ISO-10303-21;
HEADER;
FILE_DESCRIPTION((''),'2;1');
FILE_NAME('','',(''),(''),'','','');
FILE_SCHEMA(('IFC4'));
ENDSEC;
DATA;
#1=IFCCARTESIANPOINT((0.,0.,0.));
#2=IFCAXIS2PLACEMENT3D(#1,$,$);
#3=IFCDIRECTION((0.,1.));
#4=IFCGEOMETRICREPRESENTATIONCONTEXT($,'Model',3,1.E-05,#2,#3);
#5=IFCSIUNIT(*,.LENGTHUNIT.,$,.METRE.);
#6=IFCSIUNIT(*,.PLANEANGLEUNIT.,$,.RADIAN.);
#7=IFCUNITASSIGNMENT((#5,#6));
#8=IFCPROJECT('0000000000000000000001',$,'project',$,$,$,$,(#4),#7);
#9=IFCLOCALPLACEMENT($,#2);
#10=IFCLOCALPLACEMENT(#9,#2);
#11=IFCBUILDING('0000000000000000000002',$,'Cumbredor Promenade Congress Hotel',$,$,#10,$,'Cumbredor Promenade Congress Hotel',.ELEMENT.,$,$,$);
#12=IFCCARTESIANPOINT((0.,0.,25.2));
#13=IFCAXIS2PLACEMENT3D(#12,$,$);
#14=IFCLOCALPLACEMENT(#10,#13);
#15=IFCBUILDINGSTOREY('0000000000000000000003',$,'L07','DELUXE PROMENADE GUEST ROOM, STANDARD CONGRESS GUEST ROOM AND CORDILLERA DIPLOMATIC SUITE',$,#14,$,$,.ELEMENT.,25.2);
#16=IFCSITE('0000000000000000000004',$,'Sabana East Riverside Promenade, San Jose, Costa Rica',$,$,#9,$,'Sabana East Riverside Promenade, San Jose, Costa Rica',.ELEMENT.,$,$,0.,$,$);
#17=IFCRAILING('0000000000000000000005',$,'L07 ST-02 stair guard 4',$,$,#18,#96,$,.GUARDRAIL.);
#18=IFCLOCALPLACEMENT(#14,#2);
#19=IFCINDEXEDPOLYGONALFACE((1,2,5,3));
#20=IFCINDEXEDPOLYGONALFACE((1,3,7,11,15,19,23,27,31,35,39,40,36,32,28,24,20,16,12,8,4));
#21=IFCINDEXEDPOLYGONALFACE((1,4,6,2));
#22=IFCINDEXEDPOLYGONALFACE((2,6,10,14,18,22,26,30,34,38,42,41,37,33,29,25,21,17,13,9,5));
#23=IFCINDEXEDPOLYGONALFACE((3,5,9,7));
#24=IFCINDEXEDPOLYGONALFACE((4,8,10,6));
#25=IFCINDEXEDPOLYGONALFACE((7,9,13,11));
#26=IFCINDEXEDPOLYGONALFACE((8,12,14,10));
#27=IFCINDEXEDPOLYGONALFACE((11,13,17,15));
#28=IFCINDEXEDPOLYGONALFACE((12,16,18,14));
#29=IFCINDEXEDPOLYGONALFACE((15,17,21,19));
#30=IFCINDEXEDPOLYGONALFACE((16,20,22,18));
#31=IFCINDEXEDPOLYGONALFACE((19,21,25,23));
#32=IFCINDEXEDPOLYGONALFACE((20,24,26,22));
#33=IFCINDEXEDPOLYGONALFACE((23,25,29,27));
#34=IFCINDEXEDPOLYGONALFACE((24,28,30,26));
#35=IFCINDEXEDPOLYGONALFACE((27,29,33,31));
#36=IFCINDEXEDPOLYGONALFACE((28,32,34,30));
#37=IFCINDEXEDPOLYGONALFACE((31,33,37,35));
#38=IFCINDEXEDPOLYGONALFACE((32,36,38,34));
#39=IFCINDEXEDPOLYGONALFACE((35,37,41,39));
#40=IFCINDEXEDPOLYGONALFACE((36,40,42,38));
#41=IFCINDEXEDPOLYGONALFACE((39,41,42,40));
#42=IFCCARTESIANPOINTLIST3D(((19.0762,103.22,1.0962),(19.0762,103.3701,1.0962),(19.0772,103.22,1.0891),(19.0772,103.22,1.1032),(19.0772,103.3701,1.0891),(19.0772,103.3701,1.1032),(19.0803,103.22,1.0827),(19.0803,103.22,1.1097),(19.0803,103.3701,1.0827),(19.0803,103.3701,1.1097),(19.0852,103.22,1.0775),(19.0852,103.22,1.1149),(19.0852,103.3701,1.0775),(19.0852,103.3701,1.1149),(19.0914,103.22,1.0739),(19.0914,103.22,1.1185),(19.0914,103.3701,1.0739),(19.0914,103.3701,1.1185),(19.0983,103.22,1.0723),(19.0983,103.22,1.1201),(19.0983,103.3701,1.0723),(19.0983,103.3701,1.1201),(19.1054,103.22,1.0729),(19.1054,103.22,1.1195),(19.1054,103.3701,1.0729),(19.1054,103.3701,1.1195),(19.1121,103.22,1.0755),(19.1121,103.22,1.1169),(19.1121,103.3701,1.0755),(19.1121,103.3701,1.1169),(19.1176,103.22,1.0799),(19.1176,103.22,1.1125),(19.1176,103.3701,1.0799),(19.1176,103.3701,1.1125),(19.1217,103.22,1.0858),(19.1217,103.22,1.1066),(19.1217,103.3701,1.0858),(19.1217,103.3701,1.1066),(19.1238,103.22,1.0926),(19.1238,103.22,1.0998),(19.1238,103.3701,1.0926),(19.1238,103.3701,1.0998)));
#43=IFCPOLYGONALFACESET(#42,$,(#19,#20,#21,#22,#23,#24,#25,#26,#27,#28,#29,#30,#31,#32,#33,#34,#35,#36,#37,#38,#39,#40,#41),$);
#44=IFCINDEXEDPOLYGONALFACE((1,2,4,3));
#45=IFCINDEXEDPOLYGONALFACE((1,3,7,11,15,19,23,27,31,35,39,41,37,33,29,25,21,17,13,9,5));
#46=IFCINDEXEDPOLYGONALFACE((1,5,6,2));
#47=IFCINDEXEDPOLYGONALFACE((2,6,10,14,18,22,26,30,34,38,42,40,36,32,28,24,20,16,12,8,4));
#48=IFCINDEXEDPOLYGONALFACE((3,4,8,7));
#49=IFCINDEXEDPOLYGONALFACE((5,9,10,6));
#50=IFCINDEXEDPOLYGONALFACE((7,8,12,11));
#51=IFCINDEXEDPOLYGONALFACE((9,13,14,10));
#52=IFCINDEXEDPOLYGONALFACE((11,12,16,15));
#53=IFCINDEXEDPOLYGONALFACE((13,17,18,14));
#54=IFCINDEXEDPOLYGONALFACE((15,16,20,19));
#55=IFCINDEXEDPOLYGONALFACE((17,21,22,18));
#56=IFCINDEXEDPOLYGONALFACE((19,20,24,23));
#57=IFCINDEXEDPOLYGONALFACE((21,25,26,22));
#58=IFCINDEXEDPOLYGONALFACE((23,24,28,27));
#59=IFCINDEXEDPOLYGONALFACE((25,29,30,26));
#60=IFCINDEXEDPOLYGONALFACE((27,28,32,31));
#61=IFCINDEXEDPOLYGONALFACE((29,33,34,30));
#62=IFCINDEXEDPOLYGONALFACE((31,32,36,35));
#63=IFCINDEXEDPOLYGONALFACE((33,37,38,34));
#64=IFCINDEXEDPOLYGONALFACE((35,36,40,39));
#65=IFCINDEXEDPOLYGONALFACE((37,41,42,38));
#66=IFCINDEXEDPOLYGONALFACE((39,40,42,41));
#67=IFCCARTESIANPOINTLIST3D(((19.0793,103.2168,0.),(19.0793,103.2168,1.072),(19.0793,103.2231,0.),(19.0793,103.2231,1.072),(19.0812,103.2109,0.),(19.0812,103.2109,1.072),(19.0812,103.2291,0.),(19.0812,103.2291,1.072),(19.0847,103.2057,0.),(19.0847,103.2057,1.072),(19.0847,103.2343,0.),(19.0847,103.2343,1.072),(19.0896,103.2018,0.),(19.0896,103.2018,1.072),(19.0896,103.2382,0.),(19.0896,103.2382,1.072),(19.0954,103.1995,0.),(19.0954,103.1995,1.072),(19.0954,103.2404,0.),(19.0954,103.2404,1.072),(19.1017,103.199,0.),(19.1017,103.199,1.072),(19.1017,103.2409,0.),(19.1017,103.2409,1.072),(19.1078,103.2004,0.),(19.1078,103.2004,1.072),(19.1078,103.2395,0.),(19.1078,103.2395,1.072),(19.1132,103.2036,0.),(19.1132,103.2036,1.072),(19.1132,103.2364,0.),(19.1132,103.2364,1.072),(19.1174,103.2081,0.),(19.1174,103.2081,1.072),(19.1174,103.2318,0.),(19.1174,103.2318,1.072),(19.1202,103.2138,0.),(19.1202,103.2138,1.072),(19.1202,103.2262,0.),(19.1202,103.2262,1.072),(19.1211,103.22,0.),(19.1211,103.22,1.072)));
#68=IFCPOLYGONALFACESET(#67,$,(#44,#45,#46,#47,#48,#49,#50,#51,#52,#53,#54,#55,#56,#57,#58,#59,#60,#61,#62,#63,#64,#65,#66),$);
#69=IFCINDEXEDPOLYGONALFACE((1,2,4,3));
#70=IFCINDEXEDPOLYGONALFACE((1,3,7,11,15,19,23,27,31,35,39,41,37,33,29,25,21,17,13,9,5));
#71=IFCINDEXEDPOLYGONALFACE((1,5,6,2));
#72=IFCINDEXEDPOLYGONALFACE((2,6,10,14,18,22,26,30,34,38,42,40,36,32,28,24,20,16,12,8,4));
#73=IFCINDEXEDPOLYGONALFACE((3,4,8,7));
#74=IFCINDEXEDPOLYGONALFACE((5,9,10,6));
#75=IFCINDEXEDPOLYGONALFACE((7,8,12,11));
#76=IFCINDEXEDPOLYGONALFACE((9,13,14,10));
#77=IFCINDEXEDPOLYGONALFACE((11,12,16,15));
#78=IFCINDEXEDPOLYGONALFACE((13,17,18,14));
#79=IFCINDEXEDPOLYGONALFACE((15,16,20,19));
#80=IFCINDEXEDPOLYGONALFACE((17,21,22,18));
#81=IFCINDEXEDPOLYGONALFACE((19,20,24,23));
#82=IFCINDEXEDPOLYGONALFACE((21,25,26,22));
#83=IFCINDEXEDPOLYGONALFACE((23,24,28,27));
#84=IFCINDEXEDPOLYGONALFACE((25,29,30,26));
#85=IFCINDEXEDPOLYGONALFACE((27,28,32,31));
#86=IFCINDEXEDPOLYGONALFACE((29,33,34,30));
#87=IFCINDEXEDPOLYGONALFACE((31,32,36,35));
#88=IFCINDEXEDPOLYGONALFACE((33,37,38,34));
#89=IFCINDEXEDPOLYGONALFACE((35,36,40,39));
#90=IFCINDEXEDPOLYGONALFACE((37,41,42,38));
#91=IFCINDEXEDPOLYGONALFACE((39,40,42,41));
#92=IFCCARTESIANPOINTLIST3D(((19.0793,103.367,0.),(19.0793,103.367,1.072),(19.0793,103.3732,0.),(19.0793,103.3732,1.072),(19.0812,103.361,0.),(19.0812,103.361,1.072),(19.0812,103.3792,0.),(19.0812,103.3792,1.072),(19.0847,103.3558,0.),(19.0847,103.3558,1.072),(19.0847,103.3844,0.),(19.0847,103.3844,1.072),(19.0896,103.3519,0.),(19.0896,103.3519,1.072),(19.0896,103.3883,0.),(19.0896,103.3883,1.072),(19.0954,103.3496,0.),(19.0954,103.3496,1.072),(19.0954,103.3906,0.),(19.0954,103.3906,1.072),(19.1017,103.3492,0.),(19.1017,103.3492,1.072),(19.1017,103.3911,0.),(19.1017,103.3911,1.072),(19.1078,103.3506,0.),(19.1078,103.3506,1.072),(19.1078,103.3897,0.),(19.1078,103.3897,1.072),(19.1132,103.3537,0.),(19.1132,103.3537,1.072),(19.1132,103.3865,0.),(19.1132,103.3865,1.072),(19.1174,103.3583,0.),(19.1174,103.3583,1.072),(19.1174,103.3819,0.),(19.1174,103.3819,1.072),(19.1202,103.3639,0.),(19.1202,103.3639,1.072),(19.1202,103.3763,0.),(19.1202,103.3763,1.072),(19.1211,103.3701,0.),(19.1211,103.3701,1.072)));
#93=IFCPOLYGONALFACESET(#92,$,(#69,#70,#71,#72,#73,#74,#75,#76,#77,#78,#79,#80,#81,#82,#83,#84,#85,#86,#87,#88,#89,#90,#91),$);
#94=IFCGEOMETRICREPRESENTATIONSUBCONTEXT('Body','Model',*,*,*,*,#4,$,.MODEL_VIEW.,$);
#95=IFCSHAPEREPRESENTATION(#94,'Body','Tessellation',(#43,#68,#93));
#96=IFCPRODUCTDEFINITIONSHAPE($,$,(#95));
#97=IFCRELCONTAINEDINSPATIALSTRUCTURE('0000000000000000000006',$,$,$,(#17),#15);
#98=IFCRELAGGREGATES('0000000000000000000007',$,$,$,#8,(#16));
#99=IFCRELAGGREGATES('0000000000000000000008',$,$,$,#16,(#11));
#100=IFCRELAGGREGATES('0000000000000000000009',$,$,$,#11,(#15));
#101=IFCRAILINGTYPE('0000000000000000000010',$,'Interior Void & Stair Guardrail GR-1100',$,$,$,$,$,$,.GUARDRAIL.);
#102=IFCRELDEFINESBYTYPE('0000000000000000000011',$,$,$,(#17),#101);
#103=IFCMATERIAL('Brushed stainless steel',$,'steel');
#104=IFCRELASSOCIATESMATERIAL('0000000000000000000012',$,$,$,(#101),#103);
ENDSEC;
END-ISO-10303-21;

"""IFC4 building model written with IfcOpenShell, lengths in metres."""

from ifc_helpers import new_model, si_unit, direction, frame, origin, origin_2d, place, context, subcontext, project, spatial, circle, extrude, material, type_object, element, save


model = new_model("IFC4")

# Units and contexts
model_context = context("Model", 3, precision=1e-05, world=origin(), true_north=direction((0.0, 1.0)))
body_context = subcontext(model_context, "Body", "Model", "MODEL_VIEW")
ifc_project = project(units=[si_unit("LENGTHUNIT", "METRE"), si_unit("PLANEANGLEUNIT", "RADIAN")], contexts=[model_context])

# Site, building, storey
site_placement = place(None, origin())
site = spatial("IfcSite", under=ifc_project, at=site_placement, Name="Sabana East Riverside Promenade, San Jose, Costa Rica", LongName="Sabana East Riverside Promenade, San Jose, Costa Rica", CompositionType="ELEMENT", RefElevation=0.0)
building_placement = place(site_placement, origin())
building = spatial("IfcBuilding", under=site, at=building_placement, Name="Cumbredor Promenade Congress Hotel", LongName="Cumbredor Promenade Congress Hotel", CompositionType="ELEMENT")
storey_placement = place(building_placement, frame((0.0, 0.0, 25.2)))
storey = spatial("IfcBuildingStorey", under=building, at=storey_placement, Name="L07", Description="DELUXE PROMENADE GUEST ROOM, STANDARD CONGRESS GUEST ROOM AND CORDILLERA DIPLOMATIC SUITE", CompositionType="ELEMENT", Elevation=25.2)

# Railing
ifc_material_1 = material(Name="Brushed stainless steel", Category="steel")
railing_type_1 = type_object("IfcRailingType", Name="Interior Void & Stair Guardrail GR-1100", PredefinedType="GUARDRAIL", material=ifc_material_1)
railing_1_placement = place(storey_placement, frame((19.1001, 103.22, 0.0)))
element("IfcRailing", 1, at=railing_1_placement, inside=storey, type_object=railing_type_1, Name="L07 ST-02 stair guard 4", PredefinedType="GUARDRAIL", context=body_context, shape_type="SweptSolid", body=[
    extrude(circle(Radius=0.0239, at=origin_2d()), frame((0.0, 0.0, 1.0962), z_axis=(0.0, 1.0, 0.0), x_axis=(-1.0, 0.0, 0.0)), (0.0, 0.0, 1.0), 0.1501),
    extrude(circle(Radius=0.021, at=origin_2d()), origin(), (0.0, 0.0, 1.0), 1.072),
    extrude(circle(Radius=0.021, at=origin_2d()), frame((0.0, 0.1501, 0.0)), (0.0, 0.0, 1.0), 1.072),
])

save(model, "model.ifc")
